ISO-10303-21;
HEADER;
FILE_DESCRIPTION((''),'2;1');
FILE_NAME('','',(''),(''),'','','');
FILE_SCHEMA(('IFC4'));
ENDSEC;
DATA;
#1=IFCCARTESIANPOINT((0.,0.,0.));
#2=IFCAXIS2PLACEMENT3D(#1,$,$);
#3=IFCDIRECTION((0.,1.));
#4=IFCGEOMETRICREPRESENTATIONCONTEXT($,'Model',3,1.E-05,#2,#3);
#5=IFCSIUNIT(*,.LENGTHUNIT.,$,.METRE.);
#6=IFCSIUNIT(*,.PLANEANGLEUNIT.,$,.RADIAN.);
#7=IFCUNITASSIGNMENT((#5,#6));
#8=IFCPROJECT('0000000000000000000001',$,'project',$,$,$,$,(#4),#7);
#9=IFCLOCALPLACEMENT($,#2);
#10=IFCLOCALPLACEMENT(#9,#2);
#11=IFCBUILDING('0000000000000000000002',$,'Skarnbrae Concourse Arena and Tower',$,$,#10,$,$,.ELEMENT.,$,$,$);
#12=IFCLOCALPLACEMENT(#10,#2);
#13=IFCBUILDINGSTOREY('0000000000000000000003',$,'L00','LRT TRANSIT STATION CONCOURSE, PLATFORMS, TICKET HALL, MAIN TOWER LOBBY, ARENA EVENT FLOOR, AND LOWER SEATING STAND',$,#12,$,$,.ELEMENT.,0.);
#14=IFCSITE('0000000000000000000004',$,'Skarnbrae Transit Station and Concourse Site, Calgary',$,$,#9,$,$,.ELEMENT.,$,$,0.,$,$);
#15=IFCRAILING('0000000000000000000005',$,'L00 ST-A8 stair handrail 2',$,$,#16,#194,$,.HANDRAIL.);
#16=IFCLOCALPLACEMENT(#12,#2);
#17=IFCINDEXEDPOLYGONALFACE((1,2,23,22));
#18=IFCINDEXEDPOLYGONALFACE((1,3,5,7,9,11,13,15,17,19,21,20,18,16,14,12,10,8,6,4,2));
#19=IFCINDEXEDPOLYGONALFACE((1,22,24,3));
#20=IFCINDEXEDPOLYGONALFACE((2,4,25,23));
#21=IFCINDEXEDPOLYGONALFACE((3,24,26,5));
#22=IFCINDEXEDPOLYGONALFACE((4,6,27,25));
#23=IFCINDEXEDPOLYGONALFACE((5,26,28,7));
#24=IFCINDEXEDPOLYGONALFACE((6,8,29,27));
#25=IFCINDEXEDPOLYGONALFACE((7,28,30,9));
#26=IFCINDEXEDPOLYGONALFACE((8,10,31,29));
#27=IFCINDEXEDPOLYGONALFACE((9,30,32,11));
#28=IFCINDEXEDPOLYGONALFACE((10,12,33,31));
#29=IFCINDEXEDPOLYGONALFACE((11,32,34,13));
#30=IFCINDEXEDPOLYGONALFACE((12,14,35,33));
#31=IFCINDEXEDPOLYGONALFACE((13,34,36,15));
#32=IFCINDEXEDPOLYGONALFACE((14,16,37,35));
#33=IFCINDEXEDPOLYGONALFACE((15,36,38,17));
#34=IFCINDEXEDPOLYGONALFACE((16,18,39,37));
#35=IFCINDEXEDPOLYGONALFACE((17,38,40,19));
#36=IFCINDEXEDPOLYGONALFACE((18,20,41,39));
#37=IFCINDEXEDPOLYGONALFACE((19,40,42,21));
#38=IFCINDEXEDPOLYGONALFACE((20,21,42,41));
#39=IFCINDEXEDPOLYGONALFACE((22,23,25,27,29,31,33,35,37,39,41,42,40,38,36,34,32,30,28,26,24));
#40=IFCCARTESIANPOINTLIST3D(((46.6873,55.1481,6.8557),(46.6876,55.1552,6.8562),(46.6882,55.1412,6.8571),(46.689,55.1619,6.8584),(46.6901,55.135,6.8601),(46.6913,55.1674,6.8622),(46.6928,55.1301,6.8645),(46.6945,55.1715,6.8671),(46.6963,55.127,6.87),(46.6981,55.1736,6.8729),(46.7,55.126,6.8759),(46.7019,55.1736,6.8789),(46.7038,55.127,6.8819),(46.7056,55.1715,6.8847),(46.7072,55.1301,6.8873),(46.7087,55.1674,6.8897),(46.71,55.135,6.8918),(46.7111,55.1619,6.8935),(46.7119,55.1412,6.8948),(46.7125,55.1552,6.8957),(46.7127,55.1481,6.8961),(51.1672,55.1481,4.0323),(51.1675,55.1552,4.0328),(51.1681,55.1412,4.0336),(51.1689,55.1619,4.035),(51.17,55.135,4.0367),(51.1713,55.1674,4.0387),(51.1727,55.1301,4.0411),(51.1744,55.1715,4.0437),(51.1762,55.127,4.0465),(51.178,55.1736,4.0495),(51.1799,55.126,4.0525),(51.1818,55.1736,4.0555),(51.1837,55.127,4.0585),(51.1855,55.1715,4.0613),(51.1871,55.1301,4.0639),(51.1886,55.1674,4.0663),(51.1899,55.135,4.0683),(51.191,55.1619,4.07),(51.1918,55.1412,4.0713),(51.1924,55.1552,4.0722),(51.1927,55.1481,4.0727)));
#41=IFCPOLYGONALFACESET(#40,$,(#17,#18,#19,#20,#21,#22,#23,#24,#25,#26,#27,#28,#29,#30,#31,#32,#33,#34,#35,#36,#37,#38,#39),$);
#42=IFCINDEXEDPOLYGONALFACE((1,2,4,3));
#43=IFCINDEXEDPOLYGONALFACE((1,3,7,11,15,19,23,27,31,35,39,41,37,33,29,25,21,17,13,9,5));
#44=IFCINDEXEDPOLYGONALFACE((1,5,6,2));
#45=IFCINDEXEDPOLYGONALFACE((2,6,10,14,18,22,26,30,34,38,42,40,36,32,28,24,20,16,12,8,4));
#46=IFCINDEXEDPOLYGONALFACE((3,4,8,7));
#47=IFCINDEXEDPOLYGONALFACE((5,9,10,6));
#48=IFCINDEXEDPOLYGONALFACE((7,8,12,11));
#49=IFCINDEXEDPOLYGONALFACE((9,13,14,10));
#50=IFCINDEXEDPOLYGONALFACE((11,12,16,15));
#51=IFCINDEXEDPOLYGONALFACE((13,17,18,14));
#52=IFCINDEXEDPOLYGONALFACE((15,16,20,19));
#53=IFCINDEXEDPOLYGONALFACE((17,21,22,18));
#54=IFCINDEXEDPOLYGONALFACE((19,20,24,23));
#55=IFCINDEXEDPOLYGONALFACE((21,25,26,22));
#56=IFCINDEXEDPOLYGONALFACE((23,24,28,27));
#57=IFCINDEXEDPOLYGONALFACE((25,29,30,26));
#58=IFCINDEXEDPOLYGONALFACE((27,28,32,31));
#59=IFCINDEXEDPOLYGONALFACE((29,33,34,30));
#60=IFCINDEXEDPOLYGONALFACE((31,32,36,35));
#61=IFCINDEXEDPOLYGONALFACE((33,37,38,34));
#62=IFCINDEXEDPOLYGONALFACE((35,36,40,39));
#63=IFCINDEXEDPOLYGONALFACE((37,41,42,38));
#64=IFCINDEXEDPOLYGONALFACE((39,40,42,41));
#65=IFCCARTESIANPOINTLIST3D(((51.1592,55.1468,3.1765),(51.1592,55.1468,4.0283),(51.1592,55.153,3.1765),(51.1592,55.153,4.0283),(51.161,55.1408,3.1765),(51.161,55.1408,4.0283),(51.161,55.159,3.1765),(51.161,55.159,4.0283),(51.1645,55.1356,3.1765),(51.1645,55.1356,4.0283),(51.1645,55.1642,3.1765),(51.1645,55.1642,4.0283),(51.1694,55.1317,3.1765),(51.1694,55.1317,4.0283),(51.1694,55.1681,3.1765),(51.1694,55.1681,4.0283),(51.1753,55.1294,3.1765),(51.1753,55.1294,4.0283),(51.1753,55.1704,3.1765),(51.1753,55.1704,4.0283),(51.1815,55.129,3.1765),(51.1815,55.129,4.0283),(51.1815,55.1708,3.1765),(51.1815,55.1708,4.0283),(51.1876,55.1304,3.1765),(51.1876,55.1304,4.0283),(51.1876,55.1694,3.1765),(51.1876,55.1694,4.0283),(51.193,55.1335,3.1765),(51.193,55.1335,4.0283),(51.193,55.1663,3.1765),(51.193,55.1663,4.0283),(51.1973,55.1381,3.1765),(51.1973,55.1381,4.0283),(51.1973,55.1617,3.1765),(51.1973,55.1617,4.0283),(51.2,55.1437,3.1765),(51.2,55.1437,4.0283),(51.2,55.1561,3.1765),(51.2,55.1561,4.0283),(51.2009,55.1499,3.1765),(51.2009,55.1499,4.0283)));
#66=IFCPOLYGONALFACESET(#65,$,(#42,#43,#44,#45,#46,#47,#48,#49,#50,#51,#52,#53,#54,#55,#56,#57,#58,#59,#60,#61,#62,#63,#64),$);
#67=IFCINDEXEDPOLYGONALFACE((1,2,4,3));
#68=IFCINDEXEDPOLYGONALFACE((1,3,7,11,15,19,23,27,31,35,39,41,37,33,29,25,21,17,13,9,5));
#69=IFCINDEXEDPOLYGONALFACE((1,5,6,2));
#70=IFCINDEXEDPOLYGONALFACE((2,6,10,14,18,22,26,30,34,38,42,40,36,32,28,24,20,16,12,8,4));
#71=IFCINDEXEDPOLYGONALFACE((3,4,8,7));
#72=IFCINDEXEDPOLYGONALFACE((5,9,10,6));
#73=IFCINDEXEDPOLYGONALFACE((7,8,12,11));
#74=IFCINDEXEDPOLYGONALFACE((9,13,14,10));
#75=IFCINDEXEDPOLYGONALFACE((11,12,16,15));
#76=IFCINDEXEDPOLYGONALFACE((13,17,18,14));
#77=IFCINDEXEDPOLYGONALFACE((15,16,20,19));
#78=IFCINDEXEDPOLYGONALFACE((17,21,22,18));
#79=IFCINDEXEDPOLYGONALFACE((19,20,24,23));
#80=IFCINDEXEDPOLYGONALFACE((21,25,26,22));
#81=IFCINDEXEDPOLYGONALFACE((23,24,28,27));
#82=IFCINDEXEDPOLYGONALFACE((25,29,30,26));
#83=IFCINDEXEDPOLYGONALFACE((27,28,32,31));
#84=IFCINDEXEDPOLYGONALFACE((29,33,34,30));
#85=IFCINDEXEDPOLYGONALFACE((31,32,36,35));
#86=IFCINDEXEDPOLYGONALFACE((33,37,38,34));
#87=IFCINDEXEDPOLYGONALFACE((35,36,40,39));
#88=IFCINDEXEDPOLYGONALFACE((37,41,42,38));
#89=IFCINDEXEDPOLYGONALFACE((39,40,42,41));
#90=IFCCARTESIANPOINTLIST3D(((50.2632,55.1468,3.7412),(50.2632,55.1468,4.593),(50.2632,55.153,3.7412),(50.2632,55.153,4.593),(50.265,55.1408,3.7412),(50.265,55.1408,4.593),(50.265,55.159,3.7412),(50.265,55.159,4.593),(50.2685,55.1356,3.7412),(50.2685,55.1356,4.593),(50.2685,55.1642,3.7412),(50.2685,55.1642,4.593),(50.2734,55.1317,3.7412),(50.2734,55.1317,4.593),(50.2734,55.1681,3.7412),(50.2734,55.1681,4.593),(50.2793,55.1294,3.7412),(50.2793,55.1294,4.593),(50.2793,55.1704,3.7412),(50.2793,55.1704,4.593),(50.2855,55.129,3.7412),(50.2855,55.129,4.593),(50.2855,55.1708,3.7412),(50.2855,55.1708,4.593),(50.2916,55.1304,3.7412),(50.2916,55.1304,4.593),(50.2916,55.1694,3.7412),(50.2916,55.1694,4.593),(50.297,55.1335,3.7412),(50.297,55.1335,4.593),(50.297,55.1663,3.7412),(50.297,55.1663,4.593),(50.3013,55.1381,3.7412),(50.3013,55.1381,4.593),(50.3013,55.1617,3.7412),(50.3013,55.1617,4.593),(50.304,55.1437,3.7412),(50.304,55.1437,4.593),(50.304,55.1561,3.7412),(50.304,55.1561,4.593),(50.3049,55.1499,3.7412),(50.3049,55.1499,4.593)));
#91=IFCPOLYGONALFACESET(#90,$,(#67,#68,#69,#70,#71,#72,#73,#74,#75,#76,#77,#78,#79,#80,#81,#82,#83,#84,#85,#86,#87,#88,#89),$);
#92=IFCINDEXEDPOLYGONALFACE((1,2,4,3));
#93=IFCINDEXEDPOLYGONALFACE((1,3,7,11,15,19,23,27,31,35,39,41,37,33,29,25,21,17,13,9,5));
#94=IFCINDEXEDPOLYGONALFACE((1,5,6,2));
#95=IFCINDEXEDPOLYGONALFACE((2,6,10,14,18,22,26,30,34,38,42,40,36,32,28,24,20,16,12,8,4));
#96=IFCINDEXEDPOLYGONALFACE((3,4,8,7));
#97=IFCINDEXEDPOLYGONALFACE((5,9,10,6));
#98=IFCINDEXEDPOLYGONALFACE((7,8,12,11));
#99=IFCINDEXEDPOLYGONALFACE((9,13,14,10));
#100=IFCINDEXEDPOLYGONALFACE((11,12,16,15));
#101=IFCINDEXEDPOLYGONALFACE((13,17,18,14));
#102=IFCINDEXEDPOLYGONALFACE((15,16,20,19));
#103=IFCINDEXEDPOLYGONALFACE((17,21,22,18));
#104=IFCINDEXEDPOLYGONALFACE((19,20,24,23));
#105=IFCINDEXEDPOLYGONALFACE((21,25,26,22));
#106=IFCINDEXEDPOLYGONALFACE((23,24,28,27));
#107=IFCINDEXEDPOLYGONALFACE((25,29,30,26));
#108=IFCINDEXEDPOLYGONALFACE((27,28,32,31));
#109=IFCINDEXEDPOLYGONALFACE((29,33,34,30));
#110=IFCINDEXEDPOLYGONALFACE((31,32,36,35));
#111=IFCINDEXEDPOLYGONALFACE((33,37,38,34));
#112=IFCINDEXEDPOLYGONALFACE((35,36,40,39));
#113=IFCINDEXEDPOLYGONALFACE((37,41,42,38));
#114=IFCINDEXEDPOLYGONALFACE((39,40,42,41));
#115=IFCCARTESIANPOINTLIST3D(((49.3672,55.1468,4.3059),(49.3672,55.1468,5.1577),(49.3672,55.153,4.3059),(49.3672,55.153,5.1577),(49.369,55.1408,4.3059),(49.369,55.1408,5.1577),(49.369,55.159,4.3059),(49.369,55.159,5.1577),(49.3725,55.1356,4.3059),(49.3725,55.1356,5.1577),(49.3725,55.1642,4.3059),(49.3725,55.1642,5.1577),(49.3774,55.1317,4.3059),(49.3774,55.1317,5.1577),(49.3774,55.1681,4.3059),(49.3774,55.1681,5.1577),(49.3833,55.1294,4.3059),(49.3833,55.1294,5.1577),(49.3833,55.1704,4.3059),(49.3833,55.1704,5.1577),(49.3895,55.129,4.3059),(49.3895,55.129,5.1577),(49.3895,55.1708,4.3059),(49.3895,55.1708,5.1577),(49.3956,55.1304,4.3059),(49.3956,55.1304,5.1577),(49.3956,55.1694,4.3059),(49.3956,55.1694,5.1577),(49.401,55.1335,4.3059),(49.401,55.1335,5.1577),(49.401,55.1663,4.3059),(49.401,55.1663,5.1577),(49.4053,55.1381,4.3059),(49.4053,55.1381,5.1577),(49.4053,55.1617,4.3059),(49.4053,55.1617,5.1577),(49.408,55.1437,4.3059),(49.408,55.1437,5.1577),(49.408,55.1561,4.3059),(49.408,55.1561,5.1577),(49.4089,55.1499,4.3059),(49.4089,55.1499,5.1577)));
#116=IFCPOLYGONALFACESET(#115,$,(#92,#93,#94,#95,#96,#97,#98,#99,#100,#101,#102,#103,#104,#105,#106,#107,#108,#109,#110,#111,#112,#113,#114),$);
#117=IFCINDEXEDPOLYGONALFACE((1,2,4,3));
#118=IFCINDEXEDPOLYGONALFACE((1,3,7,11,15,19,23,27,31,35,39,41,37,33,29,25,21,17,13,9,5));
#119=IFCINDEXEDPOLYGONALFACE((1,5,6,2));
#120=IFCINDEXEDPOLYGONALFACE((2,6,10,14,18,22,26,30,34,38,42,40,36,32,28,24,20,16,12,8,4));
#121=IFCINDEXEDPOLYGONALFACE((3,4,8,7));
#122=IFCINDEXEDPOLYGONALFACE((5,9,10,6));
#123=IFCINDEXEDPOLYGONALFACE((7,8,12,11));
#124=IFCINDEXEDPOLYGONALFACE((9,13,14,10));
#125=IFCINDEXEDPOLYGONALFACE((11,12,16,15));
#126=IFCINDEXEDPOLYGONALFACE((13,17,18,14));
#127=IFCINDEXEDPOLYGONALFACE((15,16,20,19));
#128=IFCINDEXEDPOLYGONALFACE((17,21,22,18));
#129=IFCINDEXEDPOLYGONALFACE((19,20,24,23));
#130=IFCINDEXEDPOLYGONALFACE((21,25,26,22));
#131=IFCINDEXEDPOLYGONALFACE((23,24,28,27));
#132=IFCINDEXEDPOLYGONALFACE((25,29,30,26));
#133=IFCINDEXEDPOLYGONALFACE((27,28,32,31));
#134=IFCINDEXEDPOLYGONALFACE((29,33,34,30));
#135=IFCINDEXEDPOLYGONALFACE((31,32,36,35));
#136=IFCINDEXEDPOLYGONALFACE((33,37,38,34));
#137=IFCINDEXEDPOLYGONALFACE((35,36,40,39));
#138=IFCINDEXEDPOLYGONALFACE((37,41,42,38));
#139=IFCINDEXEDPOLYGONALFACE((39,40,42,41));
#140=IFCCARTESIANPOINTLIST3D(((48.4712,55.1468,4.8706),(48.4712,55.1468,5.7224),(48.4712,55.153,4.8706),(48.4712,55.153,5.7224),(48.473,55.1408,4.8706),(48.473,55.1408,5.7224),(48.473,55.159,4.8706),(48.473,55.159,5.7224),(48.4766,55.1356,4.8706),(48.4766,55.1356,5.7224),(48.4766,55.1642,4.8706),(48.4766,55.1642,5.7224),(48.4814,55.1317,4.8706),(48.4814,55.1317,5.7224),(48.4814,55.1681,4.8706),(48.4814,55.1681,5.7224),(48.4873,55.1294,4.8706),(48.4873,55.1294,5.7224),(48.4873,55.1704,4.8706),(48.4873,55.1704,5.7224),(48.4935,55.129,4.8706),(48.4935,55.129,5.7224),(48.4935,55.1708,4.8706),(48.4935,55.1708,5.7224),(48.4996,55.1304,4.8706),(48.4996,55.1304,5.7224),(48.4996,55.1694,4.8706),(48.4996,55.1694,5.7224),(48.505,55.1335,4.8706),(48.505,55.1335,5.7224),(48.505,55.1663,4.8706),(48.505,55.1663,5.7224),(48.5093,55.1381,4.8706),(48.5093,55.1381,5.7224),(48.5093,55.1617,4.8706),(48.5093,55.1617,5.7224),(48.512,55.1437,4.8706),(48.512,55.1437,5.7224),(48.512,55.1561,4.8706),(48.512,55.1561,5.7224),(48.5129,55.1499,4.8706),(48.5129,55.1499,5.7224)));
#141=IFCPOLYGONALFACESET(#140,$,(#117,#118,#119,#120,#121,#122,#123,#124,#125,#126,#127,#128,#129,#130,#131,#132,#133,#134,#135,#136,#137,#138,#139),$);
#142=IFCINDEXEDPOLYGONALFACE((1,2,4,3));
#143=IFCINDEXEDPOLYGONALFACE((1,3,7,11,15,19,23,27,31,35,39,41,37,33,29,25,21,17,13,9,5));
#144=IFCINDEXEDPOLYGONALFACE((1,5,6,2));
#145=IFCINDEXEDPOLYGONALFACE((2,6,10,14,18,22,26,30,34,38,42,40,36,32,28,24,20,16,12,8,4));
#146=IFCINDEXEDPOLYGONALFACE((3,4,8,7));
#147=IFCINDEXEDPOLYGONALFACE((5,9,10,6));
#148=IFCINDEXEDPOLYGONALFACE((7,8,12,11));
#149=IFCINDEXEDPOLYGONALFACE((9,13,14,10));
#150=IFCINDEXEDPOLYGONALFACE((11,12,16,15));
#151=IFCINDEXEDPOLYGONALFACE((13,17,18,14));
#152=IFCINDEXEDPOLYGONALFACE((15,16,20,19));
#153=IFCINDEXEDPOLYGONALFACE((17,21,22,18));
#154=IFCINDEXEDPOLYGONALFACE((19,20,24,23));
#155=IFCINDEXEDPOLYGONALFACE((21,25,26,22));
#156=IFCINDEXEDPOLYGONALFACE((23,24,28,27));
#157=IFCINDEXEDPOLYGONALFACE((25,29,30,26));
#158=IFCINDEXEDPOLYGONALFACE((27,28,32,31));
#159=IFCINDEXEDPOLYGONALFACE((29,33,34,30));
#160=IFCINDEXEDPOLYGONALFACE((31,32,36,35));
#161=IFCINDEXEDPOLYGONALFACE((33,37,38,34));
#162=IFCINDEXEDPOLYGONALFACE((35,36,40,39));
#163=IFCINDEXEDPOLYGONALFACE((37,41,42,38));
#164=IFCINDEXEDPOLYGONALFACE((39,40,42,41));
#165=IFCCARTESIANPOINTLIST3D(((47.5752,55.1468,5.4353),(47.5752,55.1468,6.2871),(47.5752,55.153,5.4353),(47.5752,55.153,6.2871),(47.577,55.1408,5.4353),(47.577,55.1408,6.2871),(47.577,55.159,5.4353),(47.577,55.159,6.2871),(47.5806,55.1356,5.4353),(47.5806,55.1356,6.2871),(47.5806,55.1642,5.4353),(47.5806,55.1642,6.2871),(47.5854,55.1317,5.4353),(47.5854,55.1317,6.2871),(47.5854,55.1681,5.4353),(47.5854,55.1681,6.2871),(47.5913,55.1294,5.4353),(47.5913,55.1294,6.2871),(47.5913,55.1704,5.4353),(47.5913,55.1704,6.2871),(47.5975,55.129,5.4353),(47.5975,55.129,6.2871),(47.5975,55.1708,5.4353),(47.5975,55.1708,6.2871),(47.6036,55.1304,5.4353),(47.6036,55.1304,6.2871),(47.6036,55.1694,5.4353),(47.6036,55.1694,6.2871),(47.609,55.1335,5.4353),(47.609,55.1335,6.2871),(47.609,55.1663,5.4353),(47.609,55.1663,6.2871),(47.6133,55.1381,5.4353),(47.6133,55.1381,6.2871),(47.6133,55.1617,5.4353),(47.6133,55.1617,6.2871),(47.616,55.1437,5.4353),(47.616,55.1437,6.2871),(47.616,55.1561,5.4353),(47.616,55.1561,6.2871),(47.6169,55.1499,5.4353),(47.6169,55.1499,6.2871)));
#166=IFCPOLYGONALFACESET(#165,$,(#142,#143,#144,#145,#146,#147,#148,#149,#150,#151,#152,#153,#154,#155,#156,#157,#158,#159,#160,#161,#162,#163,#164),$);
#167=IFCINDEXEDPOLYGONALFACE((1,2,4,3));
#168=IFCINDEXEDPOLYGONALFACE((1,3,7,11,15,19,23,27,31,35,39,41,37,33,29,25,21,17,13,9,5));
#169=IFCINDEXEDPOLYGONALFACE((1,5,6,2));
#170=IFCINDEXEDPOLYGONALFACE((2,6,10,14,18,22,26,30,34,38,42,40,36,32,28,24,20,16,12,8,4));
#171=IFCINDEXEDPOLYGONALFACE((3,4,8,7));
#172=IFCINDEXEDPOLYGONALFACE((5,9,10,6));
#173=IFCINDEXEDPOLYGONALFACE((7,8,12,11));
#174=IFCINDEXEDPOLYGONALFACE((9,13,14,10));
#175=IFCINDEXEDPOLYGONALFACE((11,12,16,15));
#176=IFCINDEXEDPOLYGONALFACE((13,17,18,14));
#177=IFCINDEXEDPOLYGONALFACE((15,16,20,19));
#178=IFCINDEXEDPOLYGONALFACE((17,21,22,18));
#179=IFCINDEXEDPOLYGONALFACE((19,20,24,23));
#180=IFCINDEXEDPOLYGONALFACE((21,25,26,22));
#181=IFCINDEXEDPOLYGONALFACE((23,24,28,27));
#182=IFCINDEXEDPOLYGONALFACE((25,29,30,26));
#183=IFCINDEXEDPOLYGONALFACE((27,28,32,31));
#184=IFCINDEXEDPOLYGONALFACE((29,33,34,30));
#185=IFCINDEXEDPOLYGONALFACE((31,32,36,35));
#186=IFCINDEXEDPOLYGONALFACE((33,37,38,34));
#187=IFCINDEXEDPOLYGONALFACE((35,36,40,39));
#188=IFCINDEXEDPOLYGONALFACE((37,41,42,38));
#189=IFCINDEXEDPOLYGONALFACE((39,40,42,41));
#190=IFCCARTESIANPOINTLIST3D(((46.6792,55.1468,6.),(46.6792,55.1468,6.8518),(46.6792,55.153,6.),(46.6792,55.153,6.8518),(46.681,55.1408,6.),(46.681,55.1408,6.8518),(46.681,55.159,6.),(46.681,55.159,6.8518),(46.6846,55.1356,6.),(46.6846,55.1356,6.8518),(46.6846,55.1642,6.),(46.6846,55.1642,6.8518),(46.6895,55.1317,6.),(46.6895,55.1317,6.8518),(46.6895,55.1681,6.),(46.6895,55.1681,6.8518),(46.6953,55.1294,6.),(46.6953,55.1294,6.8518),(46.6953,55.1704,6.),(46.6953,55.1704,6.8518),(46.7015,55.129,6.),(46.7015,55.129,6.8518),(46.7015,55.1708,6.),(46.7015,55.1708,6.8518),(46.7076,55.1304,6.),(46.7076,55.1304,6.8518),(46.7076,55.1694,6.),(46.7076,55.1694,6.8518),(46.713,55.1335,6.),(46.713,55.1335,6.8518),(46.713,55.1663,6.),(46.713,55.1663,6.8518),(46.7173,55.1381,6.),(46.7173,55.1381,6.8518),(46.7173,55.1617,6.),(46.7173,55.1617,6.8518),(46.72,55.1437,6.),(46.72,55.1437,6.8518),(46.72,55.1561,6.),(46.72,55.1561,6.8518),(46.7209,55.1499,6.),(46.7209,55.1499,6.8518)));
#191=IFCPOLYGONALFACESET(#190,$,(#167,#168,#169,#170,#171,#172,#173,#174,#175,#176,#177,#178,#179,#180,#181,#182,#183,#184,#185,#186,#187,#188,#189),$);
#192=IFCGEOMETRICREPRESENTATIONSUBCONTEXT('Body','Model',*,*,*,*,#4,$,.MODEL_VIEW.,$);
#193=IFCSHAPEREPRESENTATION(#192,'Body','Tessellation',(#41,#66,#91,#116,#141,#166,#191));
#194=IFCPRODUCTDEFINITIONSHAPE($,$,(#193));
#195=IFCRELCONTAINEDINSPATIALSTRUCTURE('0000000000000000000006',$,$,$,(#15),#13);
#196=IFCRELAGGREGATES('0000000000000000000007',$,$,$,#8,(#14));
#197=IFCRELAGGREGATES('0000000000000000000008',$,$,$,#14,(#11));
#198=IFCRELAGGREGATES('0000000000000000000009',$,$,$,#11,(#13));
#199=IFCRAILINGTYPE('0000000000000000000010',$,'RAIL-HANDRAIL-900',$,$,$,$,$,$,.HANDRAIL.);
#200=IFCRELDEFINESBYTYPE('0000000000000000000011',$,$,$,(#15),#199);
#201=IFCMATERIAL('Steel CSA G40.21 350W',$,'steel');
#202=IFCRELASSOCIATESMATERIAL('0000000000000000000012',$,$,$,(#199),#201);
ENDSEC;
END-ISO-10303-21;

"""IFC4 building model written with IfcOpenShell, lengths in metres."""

from ifc_helpers import new_model, si_unit, direction, frame, origin, origin_2d, place, context, subcontext, project, spatial, circle, extrude, material, type_object, element, save


model = new_model("IFC4")

# Units and contexts
model_context = context("Model", 3, precision=1e-05, world=origin(), true_north=direction((0.0, 1.0)))
body_context = subcontext(model_context, "Body", "Model", "MODEL_VIEW")
ifc_project = project(units=[si_unit("LENGTHUNIT", "METRE"), si_unit("PLANEANGLEUNIT", "RADIAN")], contexts=[model_context])

# Site, building, storey
site_placement = place(None, origin())
site = spatial("IfcSite", under=ifc_project, at=site_placement, Name="Skarnbrae Transit Station and Concourse Site, Calgary", CompositionType="ELEMENT", RefElevation=0.0)
building_placement = place(site_placement, origin())
building = spatial("IfcBuilding", under=site, at=building_placement, Name="Skarnbrae Concourse Arena and Tower", CompositionType="ELEMENT")
storey_placement = place(building_placement, origin())
storey = spatial("IfcBuildingStorey", under=building, at=storey_placement, Name="L00", Description="LRT TRANSIT STATION CONCOURSE, PLATFORMS, TICKET HALL, MAIN TOWER LOBBY, ARENA EVENT FLOOR, AND LOWER SEATING STAND", CompositionType="ELEMENT", Elevation=0.0)

# Shared definitions
ifc_material_1 = material(Name="Steel CSA G40.21 350W", Category="steel")

# Railing
railing_type_1 = type_object("IfcRailingType", Name="RAIL-HANDRAIL-900", PredefinedType="HANDRAIL", material=ifc_material_1)
railing_1_placement = place(storey_placement, frame((51.1799, 55.1499, 3.1765)))
element("IfcRailing", 1, at=railing_1_placement, inside=storey, type_object=railing_type_1, Name="L00 ST-A8 stair handrail 2", PredefinedType="HANDRAIL", context=body_context, shape_type="SweptSolid", body=[
    extrude(circle(Radius=0.0239, at=origin_2d()), frame((0.0, 0.0, 0.876), z_axis=(-0.845998, 0.0, 0.533186), x_axis=(0.0, -1.0, 0.0)), (0.0, 0.0, 1.0), 5.2954),
    extrude(circle(Radius=0.021, at=origin_2d()), origin(), (0.0, 0.0, 1.0), 0.8518),
    extrude(circle(Radius=0.021, at=origin_2d()), frame((-0.896, 0.0, 0.5647)), (0.0, 0.0, 1.0), 0.8518),
    extrude(circle(Radius=0.021, at=origin_2d()), frame((-1.792, 0.0, 1.1294)), (0.0, 0.0, 1.0), 0.8518),
    extrude(circle(Radius=0.021, at=origin_2d()), frame((-2.688, 0.0, 1.6941)), (0.0, 0.0, 1.0), 0.8518),
    extrude(circle(Radius=0.021, at=origin_2d()), frame((-3.584, 0.0, 2.2588)), (0.0, 0.0, 1.0), 0.8518),
    extrude(circle(Radius=0.021, at=origin_2d()), frame((-4.48, 0.0, 2.8235)), (0.0, 0.0, 1.0), 0.8518),
])

save(model, "model.ifc")
